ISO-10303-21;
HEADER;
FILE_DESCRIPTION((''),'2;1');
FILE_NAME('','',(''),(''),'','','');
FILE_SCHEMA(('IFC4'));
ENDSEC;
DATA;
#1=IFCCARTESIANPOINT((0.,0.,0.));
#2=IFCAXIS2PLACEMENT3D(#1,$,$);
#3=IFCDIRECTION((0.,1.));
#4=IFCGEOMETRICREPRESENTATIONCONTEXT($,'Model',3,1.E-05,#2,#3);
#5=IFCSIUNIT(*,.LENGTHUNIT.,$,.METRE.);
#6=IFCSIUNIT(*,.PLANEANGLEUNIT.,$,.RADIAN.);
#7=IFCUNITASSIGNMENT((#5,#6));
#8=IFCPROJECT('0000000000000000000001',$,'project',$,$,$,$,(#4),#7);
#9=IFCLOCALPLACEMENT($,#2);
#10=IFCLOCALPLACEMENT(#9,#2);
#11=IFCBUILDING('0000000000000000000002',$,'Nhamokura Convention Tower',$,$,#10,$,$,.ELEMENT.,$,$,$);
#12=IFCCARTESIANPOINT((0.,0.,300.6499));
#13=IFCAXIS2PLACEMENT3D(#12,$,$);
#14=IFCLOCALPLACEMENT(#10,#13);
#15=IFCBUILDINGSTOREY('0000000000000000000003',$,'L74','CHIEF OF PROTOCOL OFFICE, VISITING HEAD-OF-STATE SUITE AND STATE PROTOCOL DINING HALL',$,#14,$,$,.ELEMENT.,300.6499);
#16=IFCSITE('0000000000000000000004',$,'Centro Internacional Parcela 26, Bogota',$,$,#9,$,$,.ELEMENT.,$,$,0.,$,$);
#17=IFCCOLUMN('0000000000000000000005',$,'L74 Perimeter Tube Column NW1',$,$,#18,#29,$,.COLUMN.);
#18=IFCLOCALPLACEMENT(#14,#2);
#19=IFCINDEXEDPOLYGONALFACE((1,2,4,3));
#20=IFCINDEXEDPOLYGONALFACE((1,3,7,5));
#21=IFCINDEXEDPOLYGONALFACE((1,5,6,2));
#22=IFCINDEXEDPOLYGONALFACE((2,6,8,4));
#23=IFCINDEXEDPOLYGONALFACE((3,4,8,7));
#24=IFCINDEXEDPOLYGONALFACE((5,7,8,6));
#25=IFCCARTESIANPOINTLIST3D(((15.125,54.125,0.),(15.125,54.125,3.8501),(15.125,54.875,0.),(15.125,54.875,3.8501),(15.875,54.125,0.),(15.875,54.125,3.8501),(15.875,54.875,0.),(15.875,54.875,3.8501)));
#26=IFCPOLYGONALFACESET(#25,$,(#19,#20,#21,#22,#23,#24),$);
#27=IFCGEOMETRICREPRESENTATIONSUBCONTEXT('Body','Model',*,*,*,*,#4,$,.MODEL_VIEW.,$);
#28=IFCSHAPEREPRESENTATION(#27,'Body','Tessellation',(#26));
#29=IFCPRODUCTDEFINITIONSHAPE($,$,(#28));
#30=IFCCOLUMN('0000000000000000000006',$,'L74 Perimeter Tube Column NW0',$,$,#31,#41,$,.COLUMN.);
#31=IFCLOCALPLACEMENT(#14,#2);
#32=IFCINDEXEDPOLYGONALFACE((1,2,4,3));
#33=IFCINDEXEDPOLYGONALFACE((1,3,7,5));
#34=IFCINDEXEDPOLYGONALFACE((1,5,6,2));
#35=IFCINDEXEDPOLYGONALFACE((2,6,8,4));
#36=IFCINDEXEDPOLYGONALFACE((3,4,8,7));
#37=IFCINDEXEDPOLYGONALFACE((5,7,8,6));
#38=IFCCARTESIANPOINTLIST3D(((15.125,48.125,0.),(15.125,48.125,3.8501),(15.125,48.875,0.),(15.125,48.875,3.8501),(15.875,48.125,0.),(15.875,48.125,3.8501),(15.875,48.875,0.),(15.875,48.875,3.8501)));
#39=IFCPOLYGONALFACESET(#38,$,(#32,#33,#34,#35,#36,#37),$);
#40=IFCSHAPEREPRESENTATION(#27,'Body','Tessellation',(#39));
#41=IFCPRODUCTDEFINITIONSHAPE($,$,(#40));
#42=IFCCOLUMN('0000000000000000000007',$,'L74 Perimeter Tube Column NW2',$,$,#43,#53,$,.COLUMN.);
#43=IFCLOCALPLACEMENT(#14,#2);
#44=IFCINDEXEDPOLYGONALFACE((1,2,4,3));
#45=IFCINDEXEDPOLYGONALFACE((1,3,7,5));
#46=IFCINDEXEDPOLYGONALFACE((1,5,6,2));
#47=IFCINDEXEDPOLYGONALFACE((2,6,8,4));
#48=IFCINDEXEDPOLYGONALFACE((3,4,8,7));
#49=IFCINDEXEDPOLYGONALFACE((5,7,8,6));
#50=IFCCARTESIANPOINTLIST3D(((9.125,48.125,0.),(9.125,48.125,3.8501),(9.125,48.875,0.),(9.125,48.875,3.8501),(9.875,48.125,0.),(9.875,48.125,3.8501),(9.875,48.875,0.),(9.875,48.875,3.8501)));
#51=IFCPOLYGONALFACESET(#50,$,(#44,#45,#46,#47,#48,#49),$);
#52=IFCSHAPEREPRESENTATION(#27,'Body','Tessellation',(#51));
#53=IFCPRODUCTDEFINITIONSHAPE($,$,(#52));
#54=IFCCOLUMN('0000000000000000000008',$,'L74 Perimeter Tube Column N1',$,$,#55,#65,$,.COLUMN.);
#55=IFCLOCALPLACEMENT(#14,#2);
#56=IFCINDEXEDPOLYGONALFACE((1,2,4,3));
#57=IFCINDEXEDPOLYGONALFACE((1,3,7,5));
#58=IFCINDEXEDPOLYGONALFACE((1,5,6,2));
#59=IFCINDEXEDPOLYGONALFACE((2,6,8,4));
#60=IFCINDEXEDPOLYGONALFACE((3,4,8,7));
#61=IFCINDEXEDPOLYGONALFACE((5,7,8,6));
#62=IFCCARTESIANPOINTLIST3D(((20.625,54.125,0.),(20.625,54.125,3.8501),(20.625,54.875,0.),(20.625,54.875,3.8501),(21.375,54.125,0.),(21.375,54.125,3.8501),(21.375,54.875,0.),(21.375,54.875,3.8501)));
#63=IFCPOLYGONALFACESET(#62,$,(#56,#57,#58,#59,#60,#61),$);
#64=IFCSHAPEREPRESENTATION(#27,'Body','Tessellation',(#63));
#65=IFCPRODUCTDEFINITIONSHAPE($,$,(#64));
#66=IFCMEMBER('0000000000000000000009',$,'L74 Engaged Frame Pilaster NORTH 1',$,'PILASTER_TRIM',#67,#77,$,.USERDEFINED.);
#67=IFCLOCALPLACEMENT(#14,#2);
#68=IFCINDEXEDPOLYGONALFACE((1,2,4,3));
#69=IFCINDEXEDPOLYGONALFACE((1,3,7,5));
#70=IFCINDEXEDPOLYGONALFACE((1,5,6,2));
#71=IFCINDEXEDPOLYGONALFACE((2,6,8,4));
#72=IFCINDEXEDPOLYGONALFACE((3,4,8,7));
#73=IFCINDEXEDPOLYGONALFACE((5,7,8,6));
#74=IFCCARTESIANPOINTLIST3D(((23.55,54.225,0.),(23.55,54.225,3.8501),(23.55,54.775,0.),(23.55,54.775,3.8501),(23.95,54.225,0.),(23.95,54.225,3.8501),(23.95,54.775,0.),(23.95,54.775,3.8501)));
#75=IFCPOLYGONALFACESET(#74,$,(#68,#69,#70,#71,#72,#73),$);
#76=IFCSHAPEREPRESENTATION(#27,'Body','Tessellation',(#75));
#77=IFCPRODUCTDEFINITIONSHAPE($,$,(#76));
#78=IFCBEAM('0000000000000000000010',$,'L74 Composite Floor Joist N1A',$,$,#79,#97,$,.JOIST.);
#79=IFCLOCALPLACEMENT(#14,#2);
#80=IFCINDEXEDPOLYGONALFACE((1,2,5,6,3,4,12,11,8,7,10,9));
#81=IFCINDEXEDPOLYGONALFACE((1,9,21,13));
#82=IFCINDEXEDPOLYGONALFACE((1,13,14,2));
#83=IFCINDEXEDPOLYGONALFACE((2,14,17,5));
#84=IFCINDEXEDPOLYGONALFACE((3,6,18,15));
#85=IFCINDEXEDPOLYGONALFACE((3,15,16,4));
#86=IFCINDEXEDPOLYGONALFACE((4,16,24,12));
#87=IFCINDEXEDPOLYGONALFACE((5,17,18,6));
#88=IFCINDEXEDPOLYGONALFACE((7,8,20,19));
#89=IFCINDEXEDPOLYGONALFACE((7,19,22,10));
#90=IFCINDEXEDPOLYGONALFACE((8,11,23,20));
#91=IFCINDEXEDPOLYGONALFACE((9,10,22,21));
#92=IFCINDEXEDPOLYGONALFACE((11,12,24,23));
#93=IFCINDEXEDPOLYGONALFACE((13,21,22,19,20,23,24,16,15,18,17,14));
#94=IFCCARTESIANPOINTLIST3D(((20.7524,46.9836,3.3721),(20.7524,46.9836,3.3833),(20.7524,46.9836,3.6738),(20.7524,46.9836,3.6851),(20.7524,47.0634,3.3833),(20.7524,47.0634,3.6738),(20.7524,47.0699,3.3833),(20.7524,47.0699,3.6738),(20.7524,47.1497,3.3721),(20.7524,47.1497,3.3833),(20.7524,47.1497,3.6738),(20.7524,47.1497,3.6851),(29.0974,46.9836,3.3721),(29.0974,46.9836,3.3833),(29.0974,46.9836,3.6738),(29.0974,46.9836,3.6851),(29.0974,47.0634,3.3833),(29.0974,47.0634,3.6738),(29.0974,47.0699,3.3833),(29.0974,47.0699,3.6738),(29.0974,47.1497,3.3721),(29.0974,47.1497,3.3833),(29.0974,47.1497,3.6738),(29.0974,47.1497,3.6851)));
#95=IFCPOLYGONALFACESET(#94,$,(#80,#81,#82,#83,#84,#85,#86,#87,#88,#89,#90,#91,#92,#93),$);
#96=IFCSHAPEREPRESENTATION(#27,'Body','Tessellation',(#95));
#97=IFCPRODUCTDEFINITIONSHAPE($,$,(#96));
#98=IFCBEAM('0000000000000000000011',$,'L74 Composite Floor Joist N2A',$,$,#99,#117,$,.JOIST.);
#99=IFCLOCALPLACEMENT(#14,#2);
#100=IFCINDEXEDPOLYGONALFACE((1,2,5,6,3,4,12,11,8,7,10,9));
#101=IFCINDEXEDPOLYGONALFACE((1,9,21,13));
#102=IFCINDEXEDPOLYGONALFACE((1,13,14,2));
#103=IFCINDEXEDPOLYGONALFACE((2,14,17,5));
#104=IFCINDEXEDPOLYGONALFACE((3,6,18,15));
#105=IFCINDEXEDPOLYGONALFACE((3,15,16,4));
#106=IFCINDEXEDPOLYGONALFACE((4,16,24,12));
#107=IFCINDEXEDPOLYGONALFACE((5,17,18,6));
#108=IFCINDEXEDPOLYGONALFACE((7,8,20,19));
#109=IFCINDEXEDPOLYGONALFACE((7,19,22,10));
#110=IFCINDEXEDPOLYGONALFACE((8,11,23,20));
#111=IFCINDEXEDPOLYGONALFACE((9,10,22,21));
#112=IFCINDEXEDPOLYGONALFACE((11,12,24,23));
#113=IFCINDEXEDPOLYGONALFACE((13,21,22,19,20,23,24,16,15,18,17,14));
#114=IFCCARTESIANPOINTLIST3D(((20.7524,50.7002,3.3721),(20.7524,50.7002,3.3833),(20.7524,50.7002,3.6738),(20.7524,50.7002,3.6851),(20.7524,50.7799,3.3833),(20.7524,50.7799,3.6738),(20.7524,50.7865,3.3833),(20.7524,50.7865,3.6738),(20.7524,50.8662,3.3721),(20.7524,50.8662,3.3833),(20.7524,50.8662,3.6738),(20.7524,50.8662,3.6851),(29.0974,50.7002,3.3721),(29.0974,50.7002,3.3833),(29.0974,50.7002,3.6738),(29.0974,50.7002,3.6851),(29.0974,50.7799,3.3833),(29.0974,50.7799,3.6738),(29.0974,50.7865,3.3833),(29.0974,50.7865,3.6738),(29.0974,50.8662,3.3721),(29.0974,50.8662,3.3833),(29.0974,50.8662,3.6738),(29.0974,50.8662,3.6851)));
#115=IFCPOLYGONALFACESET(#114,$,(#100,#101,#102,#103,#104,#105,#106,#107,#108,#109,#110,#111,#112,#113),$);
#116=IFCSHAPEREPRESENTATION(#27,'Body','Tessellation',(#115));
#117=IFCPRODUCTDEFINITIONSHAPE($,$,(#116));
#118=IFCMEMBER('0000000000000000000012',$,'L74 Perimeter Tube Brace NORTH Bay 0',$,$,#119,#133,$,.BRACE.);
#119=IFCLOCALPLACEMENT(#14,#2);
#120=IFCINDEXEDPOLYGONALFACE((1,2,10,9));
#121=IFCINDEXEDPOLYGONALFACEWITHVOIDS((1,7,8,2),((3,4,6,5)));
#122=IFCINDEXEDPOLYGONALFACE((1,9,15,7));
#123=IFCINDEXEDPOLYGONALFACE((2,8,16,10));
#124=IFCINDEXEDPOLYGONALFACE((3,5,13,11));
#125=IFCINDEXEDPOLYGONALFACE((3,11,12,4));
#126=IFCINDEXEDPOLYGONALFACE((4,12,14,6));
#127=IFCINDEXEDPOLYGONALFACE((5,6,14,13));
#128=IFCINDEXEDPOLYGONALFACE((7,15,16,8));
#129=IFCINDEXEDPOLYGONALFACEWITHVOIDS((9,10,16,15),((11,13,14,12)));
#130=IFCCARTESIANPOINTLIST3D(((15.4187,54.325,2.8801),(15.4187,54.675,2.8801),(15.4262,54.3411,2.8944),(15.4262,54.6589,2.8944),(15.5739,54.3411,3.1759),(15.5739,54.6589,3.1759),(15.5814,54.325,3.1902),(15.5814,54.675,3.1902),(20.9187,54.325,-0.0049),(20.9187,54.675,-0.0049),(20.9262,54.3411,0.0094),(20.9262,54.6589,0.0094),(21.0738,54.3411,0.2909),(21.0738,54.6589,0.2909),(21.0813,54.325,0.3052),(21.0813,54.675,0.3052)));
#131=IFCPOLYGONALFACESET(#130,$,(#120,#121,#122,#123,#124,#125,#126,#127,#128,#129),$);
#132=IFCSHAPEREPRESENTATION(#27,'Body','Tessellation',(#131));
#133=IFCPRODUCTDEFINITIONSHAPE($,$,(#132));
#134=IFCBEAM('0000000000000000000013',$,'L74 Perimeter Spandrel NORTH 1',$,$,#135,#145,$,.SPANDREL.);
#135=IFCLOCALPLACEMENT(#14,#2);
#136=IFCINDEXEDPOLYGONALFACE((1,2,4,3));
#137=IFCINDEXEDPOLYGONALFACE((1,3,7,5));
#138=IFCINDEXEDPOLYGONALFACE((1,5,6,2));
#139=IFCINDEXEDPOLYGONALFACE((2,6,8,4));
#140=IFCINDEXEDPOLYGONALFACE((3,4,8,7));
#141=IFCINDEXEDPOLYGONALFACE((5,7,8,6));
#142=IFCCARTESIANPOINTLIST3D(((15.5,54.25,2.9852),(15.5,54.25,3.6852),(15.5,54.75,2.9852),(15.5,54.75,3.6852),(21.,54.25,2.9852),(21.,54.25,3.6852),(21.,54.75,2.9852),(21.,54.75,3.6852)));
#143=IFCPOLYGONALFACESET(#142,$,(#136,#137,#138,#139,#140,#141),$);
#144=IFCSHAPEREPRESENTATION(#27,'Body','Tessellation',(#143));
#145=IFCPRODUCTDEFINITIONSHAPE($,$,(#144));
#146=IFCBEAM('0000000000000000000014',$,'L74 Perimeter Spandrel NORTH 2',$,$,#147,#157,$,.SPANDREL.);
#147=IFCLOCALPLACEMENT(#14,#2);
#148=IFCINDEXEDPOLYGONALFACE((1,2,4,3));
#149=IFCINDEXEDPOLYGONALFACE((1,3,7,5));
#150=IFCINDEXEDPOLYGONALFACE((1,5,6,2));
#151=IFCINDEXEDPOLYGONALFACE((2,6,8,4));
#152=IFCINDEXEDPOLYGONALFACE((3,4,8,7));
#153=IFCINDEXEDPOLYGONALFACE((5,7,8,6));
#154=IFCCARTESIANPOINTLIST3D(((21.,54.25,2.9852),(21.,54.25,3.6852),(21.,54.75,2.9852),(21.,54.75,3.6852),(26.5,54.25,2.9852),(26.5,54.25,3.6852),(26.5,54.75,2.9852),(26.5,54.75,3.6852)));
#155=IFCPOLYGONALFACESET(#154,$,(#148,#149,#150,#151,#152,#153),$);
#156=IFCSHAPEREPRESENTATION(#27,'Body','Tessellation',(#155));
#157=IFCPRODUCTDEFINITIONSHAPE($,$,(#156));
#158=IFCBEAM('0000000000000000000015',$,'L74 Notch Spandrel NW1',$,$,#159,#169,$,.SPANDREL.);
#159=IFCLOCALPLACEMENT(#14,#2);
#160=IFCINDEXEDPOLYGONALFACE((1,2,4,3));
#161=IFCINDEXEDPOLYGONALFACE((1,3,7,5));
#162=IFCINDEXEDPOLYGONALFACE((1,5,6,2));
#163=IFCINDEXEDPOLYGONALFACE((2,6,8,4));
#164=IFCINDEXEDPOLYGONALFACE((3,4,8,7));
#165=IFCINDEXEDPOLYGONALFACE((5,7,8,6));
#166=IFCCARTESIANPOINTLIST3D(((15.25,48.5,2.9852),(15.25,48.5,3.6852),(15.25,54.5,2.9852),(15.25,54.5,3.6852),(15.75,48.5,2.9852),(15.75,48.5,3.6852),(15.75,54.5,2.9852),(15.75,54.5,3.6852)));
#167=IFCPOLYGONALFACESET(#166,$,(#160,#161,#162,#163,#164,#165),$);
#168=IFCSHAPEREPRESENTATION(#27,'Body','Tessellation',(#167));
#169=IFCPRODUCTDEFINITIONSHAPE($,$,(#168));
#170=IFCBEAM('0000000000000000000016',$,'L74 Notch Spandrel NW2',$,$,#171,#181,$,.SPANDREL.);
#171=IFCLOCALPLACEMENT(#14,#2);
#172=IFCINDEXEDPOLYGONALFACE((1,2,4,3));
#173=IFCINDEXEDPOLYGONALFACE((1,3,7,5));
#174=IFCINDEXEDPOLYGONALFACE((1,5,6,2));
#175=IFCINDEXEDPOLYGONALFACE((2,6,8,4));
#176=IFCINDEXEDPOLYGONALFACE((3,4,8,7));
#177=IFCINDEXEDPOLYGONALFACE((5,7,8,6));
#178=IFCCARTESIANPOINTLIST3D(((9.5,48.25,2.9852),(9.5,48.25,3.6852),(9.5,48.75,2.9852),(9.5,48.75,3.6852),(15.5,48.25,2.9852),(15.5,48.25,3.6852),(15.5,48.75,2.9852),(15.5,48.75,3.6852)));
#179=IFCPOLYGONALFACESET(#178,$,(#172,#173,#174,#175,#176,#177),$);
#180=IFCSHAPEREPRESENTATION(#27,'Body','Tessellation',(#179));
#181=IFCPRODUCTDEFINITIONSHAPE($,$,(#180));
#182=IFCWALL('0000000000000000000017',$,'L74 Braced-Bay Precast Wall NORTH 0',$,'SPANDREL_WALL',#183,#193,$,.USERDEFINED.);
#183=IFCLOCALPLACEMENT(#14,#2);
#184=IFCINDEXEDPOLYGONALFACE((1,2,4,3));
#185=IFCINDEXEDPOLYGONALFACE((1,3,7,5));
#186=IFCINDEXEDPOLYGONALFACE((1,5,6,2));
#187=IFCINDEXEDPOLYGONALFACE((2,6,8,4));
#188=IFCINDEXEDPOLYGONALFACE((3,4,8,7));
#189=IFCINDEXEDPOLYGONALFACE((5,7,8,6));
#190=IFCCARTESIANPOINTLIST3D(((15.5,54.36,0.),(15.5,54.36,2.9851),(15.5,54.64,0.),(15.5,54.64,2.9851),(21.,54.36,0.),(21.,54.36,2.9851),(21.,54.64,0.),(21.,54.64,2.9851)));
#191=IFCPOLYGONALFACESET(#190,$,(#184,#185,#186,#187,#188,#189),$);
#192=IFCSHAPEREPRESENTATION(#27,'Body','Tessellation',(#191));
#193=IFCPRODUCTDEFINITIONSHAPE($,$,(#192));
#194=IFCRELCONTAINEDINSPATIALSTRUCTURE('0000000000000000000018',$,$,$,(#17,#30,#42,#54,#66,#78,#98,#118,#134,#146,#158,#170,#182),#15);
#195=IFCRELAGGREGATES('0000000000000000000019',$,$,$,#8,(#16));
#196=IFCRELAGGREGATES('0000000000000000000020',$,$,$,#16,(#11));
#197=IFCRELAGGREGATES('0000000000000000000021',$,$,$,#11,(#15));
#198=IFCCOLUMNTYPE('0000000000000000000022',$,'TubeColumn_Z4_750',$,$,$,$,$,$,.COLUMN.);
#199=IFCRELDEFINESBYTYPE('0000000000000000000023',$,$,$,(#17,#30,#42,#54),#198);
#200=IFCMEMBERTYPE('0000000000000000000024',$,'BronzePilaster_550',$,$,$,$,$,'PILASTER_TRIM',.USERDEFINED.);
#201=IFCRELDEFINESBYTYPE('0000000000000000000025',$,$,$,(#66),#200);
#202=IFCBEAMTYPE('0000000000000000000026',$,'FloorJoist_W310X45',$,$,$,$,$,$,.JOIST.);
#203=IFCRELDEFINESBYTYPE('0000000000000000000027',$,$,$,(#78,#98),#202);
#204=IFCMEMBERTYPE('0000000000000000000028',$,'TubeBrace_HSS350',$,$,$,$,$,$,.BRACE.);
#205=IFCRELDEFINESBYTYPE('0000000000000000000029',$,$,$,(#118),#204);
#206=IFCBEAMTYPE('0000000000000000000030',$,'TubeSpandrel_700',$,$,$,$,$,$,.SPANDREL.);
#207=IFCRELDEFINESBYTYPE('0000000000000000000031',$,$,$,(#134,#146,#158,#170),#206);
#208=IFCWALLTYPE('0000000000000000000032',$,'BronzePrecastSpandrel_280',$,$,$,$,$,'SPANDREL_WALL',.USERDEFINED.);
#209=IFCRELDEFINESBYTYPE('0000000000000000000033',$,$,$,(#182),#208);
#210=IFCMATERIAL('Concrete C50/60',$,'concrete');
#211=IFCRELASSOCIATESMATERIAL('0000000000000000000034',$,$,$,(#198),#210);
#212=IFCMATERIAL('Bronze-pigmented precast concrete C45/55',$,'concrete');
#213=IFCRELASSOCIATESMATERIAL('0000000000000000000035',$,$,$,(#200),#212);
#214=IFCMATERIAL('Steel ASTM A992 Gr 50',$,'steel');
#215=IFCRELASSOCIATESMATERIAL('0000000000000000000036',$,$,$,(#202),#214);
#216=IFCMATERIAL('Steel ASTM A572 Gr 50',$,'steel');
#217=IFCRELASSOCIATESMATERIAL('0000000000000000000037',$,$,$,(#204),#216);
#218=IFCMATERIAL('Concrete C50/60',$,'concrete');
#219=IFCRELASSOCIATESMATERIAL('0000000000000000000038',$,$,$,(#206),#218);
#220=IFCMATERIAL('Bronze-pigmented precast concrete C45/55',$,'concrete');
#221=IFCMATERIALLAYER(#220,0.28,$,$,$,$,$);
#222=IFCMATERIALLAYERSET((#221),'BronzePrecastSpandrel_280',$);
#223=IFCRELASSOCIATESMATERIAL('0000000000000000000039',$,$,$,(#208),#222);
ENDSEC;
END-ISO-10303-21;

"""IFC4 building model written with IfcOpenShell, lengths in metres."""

from ifc_helpers import new_model, si_unit, direction, frame, frame_2d, origin, origin_2d, place, context, subcontext, project, spatial, rectangle, hollow_rectangle, i_section, extrude, material, layer, layer_set, material_profile, profile_set, type_object, element, save


model = new_model("IFC4")

# Units and contexts
model_context = context("Model", 3, precision=1e-05, world=origin(), true_north=direction((0.0, 1.0)))
body_context = subcontext(model_context, "Body", "Model", "MODEL_VIEW")
ifc_project = project(units=[si_unit("LENGTHUNIT", "METRE"), si_unit("PLANEANGLEUNIT", "RADIAN")], contexts=[model_context])

# Site, building, storey
site_placement = place(None, origin())
site = spatial("IfcSite", under=ifc_project, at=site_placement, Name="Centro Internacional Parcela 26, Bogota", CompositionType="ELEMENT", RefElevation=0.0)
building_placement = place(site_placement, origin())
building = spatial("IfcBuilding", under=site, at=building_placement, Name="Nhamokura Convention Tower", CompositionType="ELEMENT")
storey_placement = place(building_placement, frame((0.0, 0.0, 300.6499)))
storey = spatial("IfcBuildingStorey", under=building, at=storey_placement, Name="L74", Description="CHIEF OF PROTOCOL OFFICE, VISITING HEAD-OF-STATE SUITE AND STATE PROTOCOL DINING HALL", CompositionType="ELEMENT", Elevation=300.6499)

# Columns
ifc_material_1 = material(Name="Concrete C50/60", Category="concrete")
ifc_material_profile_1 = material_profile(ifc_material_1, rectangle(XDim=0.75, YDim=0.75, at=origin_2d()))
ifc_profile_set_1 = profile_set([ifc_material_profile_1], Name="Concrete C50/60")
column_type = type_object("IfcColumnType", Name="TubeColumn_Z4_750", PredefinedType="COLUMN", material=ifc_profile_set_1)
for number, where, z_axis, x_axis, name in (
    (1, (15.5, 54.5, 0.0), (0.0, 0.0, 1.0), (1.0, 0.0, 0.0), "L74 Perimeter Tube Column NW1"),
    (2, (15.5, 48.5, 0.0), (0.0, 0.0, 1.0), (1.0, 0.0, 0.0), "L74 Perimeter Tube Column NW0"),
    (3, (9.5, 48.5, 0.0), (0.0, 0.0, 1.0), (1.0, 0.0, 0.0), "L74 Perimeter Tube Column NW2"),
    (4, (21.0, 54.5, 0.0), (0.0, 0.0, 1.0), (1.0, 0.0, 0.0), "L74 Perimeter Tube Column N1"),
):
    element("IfcColumn", number, at=place(storey_placement, frame(where, z_axis=z_axis, x_axis=x_axis)), inside=storey, type_object=column_type, Name=name, PredefinedType="COLUMN", context=body_context, shape_type="SweptSolid", body=[
        extrude(rectangle(XDim=0.75, YDim=0.75, at=origin_2d()), origin(), (0.0, 0.0, 1.0), 3.8501),
    ])

# Member
ifc_material_2 = material(Name="Bronze-pigmented precast concrete C45/55", Category="concrete")
ifc_material_profile_2 = material_profile(ifc_material_2, rectangle(XDim=0.3999, YDim=0.55, at=origin_2d()))
ifc_profile_set_2 = profile_set([ifc_material_profile_2], Name="Bronze-pigmented precast concrete C45/55")
member_type_1 = type_object("IfcMemberType", Name="BronzePilaster_550", ElementType="PILASTER_TRIM", PredefinedType="USERDEFINED", material=ifc_profile_set_2)
member_1_placement = place(storey_placement, frame((23.75, 54.5, 0.0), z_axis=(0.0, 0.0, 1.0), x_axis=(1.0, 0.0, 0.0)))
element("IfcMember", 5, at=member_1_placement, inside=storey, type_object=member_type_1, Name="L74 Engaged Frame Pilaster NORTH 1", ObjectType="PILASTER_TRIM", PredefinedType="USERDEFINED", context=body_context, shape_type="SweptSolid", body=[
    extrude(rectangle(XDim=0.3999, YDim=0.55, at=origin_2d()), origin(), (0.0, 0.0, 1.0), 3.8501),
])

# Beams
ifc_material_3 = material(Name="Steel ASTM A992 Gr 50", Category="steel")
ifc_material_profile_3 = material_profile(ifc_material_3, i_section(OverallWidth=0.166, OverallDepth=0.313, WebThickness=0.0066, FlangeThickness=0.0112, at=origin_2d()))
ifc_profile_set_3 = profile_set([ifc_material_profile_3], Name="Steel ASTM A992 Gr 50")
beam_type_1 = type_object("IfcBeamType", Name="FloorJoist_W310X45", PredefinedType="JOIST", material=ifc_profile_set_3)
for number, where, z_axis, x_axis, name in (
    (6, (20.7524, 47.0667, 3.5286), (1.0, 0.0, 0.0), (0.0, 1.0, 0.0), "L74 Composite Floor Joist N1A"),
    (7, (20.7524, 50.7832, 3.5286), (1.0, 0.0, 0.0), (0.0, 1.0, 0.0), "L74 Composite Floor Joist N2A"),
):
    element("IfcBeam", number, at=place(storey_placement, frame(where, z_axis=z_axis, x_axis=x_axis)), inside=storey, type_object=beam_type_1, Name=name, PredefinedType="JOIST", context=body_context, shape_type="SweptSolid", body=[
        extrude(i_section(OverallWidth=0.166, OverallDepth=0.313, WebThickness=0.0066, FlangeThickness=0.0112, at=origin_2d()), origin(), (0.0, 0.0, 1.0), 8.345),
    ])

# Member
ifc_material_4 = material(Name="Steel ASTM A572 Gr 50", Category="steel")
ifc_material_profile_4 = material_profile(ifc_material_4, hollow_rectangle(XDim=0.3501, YDim=0.3501, WallThickness=0.0161, at=origin_2d()))
ifc_profile_set_4 = profile_set([ifc_material_profile_4], Name="Steel ASTM A572 Gr 50")
member_type_2 = type_object("IfcMemberType", Name="TubeBrace_HSS350", PredefinedType="BRACE", material=ifc_profile_set_4)
member_2_placement = place(storey_placement, frame((21.0, 54.5, 0.1501), z_axis=(-0.885563, 0.0, 0.46452), x_axis=(0.0, -1.0, 0.0)))
element("IfcMember", 8, at=member_2_placement, inside=storey, type_object=member_type_2, Name="L74 Perimeter Tube Brace NORTH Bay 0", PredefinedType="BRACE", context=body_context, shape_type="SweptSolid", body=[
    extrude(hollow_rectangle(XDim=0.3501, YDim=0.3501, WallThickness=0.0161, at=origin_2d()), origin(), (0.0, 0.0, 1.0), 6.2107),
])

# Beams
ifc_material_5 = material(Name="Concrete C50/60", Category="concrete")
ifc_material_profile_5 = material_profile(ifc_material_5, rectangle(XDim=0.5, YDim=0.7, at=origin_2d()))
ifc_profile_set_5 = profile_set([ifc_material_profile_5], Name="Concrete C50/60")
beam_type_2 = type_object("IfcBeamType", Name="TubeSpandrel_700", PredefinedType="SPANDREL", material=ifc_profile_set_5)
for number, where, z_axis, x_axis, name in (
    (9, (15.5, 54.5, 3.3352), (1.0, 0.0, 0.0), (0.0, 1.0, 0.0), "L74 Perimeter Spandrel NORTH 1"),
    (10, (21.0, 54.5, 3.3352), (1.0, 0.0, 0.0), (0.0, 1.0, 0.0), "L74 Perimeter Spandrel NORTH 2"),
):
    element("IfcBeam", number, at=place(storey_placement, frame(where, z_axis=z_axis, x_axis=x_axis)), inside=storey, type_object=beam_type_2, Name=name, PredefinedType="SPANDREL", context=body_context, shape_type="SweptSolid", body=[
        extrude(rectangle(XDim=0.5, YDim=0.7, at=origin_2d()), origin(), (0.0, 0.0, 1.0), 5.5),
    ])
for number, where, z_axis, x_axis, name in (
    (11, (15.5, 54.5, 3.3352), (0.0, -1.0, 0.0), (1.0, 0.0, 0.0), "L74 Notch Spandrel NW1"),
    (12, (15.5, 48.5, 3.3352), (-1.0, 0.0, 0.0), (0.0, -1.0, 0.0), "L74 Notch Spandrel NW2"),
):
    element("IfcBeam", number, at=place(storey_placement, frame(where, z_axis=z_axis, x_axis=x_axis)), inside=storey, type_object=beam_type_2, Name=name, PredefinedType="SPANDREL", context=body_context, shape_type="SweptSolid", body=[
        extrude(rectangle(XDim=0.5, YDim=0.7, at=origin_2d()), origin(), (0.0, 0.0, 1.0), 6.0),
    ])

# Wall
ifc_material_6 = material(Name="Bronze-pigmented precast concrete C45/55", Category="concrete")
ifc_layer_1 = layer(ifc_material_6, 0.28)
ifc_layer_set_1 = layer_set([ifc_layer_1], Name="BronzePrecastSpandrel_280")
wall_type_1 = type_object("IfcWallType", Name="BronzePrecastSpandrel_280", ElementType="SPANDREL_WALL", PredefinedType="USERDEFINED", material=ifc_layer_set_1)
wall_1_placement = place(storey_placement, frame((15.5, 54.5, 0.0), z_axis=(0.0, 0.0, 1.0), x_axis=(1.0, 0.0, 0.0)))
element("IfcWall", 13, at=wall_1_placement, inside=storey, type_object=wall_type_1, Name="L74 Braced-Bay Precast Wall NORTH 0", ObjectType="SPANDREL_WALL", PredefinedType="USERDEFINED", context=body_context, shape_type="SweptSolid", body=[
    extrude(rectangle(XDim=5.5, YDim=0.28, at=frame_2d((2.75, 0.0))), origin(), (0.0, 0.0, 1.0), 2.9851),
])

save(model, "model.ifc")
